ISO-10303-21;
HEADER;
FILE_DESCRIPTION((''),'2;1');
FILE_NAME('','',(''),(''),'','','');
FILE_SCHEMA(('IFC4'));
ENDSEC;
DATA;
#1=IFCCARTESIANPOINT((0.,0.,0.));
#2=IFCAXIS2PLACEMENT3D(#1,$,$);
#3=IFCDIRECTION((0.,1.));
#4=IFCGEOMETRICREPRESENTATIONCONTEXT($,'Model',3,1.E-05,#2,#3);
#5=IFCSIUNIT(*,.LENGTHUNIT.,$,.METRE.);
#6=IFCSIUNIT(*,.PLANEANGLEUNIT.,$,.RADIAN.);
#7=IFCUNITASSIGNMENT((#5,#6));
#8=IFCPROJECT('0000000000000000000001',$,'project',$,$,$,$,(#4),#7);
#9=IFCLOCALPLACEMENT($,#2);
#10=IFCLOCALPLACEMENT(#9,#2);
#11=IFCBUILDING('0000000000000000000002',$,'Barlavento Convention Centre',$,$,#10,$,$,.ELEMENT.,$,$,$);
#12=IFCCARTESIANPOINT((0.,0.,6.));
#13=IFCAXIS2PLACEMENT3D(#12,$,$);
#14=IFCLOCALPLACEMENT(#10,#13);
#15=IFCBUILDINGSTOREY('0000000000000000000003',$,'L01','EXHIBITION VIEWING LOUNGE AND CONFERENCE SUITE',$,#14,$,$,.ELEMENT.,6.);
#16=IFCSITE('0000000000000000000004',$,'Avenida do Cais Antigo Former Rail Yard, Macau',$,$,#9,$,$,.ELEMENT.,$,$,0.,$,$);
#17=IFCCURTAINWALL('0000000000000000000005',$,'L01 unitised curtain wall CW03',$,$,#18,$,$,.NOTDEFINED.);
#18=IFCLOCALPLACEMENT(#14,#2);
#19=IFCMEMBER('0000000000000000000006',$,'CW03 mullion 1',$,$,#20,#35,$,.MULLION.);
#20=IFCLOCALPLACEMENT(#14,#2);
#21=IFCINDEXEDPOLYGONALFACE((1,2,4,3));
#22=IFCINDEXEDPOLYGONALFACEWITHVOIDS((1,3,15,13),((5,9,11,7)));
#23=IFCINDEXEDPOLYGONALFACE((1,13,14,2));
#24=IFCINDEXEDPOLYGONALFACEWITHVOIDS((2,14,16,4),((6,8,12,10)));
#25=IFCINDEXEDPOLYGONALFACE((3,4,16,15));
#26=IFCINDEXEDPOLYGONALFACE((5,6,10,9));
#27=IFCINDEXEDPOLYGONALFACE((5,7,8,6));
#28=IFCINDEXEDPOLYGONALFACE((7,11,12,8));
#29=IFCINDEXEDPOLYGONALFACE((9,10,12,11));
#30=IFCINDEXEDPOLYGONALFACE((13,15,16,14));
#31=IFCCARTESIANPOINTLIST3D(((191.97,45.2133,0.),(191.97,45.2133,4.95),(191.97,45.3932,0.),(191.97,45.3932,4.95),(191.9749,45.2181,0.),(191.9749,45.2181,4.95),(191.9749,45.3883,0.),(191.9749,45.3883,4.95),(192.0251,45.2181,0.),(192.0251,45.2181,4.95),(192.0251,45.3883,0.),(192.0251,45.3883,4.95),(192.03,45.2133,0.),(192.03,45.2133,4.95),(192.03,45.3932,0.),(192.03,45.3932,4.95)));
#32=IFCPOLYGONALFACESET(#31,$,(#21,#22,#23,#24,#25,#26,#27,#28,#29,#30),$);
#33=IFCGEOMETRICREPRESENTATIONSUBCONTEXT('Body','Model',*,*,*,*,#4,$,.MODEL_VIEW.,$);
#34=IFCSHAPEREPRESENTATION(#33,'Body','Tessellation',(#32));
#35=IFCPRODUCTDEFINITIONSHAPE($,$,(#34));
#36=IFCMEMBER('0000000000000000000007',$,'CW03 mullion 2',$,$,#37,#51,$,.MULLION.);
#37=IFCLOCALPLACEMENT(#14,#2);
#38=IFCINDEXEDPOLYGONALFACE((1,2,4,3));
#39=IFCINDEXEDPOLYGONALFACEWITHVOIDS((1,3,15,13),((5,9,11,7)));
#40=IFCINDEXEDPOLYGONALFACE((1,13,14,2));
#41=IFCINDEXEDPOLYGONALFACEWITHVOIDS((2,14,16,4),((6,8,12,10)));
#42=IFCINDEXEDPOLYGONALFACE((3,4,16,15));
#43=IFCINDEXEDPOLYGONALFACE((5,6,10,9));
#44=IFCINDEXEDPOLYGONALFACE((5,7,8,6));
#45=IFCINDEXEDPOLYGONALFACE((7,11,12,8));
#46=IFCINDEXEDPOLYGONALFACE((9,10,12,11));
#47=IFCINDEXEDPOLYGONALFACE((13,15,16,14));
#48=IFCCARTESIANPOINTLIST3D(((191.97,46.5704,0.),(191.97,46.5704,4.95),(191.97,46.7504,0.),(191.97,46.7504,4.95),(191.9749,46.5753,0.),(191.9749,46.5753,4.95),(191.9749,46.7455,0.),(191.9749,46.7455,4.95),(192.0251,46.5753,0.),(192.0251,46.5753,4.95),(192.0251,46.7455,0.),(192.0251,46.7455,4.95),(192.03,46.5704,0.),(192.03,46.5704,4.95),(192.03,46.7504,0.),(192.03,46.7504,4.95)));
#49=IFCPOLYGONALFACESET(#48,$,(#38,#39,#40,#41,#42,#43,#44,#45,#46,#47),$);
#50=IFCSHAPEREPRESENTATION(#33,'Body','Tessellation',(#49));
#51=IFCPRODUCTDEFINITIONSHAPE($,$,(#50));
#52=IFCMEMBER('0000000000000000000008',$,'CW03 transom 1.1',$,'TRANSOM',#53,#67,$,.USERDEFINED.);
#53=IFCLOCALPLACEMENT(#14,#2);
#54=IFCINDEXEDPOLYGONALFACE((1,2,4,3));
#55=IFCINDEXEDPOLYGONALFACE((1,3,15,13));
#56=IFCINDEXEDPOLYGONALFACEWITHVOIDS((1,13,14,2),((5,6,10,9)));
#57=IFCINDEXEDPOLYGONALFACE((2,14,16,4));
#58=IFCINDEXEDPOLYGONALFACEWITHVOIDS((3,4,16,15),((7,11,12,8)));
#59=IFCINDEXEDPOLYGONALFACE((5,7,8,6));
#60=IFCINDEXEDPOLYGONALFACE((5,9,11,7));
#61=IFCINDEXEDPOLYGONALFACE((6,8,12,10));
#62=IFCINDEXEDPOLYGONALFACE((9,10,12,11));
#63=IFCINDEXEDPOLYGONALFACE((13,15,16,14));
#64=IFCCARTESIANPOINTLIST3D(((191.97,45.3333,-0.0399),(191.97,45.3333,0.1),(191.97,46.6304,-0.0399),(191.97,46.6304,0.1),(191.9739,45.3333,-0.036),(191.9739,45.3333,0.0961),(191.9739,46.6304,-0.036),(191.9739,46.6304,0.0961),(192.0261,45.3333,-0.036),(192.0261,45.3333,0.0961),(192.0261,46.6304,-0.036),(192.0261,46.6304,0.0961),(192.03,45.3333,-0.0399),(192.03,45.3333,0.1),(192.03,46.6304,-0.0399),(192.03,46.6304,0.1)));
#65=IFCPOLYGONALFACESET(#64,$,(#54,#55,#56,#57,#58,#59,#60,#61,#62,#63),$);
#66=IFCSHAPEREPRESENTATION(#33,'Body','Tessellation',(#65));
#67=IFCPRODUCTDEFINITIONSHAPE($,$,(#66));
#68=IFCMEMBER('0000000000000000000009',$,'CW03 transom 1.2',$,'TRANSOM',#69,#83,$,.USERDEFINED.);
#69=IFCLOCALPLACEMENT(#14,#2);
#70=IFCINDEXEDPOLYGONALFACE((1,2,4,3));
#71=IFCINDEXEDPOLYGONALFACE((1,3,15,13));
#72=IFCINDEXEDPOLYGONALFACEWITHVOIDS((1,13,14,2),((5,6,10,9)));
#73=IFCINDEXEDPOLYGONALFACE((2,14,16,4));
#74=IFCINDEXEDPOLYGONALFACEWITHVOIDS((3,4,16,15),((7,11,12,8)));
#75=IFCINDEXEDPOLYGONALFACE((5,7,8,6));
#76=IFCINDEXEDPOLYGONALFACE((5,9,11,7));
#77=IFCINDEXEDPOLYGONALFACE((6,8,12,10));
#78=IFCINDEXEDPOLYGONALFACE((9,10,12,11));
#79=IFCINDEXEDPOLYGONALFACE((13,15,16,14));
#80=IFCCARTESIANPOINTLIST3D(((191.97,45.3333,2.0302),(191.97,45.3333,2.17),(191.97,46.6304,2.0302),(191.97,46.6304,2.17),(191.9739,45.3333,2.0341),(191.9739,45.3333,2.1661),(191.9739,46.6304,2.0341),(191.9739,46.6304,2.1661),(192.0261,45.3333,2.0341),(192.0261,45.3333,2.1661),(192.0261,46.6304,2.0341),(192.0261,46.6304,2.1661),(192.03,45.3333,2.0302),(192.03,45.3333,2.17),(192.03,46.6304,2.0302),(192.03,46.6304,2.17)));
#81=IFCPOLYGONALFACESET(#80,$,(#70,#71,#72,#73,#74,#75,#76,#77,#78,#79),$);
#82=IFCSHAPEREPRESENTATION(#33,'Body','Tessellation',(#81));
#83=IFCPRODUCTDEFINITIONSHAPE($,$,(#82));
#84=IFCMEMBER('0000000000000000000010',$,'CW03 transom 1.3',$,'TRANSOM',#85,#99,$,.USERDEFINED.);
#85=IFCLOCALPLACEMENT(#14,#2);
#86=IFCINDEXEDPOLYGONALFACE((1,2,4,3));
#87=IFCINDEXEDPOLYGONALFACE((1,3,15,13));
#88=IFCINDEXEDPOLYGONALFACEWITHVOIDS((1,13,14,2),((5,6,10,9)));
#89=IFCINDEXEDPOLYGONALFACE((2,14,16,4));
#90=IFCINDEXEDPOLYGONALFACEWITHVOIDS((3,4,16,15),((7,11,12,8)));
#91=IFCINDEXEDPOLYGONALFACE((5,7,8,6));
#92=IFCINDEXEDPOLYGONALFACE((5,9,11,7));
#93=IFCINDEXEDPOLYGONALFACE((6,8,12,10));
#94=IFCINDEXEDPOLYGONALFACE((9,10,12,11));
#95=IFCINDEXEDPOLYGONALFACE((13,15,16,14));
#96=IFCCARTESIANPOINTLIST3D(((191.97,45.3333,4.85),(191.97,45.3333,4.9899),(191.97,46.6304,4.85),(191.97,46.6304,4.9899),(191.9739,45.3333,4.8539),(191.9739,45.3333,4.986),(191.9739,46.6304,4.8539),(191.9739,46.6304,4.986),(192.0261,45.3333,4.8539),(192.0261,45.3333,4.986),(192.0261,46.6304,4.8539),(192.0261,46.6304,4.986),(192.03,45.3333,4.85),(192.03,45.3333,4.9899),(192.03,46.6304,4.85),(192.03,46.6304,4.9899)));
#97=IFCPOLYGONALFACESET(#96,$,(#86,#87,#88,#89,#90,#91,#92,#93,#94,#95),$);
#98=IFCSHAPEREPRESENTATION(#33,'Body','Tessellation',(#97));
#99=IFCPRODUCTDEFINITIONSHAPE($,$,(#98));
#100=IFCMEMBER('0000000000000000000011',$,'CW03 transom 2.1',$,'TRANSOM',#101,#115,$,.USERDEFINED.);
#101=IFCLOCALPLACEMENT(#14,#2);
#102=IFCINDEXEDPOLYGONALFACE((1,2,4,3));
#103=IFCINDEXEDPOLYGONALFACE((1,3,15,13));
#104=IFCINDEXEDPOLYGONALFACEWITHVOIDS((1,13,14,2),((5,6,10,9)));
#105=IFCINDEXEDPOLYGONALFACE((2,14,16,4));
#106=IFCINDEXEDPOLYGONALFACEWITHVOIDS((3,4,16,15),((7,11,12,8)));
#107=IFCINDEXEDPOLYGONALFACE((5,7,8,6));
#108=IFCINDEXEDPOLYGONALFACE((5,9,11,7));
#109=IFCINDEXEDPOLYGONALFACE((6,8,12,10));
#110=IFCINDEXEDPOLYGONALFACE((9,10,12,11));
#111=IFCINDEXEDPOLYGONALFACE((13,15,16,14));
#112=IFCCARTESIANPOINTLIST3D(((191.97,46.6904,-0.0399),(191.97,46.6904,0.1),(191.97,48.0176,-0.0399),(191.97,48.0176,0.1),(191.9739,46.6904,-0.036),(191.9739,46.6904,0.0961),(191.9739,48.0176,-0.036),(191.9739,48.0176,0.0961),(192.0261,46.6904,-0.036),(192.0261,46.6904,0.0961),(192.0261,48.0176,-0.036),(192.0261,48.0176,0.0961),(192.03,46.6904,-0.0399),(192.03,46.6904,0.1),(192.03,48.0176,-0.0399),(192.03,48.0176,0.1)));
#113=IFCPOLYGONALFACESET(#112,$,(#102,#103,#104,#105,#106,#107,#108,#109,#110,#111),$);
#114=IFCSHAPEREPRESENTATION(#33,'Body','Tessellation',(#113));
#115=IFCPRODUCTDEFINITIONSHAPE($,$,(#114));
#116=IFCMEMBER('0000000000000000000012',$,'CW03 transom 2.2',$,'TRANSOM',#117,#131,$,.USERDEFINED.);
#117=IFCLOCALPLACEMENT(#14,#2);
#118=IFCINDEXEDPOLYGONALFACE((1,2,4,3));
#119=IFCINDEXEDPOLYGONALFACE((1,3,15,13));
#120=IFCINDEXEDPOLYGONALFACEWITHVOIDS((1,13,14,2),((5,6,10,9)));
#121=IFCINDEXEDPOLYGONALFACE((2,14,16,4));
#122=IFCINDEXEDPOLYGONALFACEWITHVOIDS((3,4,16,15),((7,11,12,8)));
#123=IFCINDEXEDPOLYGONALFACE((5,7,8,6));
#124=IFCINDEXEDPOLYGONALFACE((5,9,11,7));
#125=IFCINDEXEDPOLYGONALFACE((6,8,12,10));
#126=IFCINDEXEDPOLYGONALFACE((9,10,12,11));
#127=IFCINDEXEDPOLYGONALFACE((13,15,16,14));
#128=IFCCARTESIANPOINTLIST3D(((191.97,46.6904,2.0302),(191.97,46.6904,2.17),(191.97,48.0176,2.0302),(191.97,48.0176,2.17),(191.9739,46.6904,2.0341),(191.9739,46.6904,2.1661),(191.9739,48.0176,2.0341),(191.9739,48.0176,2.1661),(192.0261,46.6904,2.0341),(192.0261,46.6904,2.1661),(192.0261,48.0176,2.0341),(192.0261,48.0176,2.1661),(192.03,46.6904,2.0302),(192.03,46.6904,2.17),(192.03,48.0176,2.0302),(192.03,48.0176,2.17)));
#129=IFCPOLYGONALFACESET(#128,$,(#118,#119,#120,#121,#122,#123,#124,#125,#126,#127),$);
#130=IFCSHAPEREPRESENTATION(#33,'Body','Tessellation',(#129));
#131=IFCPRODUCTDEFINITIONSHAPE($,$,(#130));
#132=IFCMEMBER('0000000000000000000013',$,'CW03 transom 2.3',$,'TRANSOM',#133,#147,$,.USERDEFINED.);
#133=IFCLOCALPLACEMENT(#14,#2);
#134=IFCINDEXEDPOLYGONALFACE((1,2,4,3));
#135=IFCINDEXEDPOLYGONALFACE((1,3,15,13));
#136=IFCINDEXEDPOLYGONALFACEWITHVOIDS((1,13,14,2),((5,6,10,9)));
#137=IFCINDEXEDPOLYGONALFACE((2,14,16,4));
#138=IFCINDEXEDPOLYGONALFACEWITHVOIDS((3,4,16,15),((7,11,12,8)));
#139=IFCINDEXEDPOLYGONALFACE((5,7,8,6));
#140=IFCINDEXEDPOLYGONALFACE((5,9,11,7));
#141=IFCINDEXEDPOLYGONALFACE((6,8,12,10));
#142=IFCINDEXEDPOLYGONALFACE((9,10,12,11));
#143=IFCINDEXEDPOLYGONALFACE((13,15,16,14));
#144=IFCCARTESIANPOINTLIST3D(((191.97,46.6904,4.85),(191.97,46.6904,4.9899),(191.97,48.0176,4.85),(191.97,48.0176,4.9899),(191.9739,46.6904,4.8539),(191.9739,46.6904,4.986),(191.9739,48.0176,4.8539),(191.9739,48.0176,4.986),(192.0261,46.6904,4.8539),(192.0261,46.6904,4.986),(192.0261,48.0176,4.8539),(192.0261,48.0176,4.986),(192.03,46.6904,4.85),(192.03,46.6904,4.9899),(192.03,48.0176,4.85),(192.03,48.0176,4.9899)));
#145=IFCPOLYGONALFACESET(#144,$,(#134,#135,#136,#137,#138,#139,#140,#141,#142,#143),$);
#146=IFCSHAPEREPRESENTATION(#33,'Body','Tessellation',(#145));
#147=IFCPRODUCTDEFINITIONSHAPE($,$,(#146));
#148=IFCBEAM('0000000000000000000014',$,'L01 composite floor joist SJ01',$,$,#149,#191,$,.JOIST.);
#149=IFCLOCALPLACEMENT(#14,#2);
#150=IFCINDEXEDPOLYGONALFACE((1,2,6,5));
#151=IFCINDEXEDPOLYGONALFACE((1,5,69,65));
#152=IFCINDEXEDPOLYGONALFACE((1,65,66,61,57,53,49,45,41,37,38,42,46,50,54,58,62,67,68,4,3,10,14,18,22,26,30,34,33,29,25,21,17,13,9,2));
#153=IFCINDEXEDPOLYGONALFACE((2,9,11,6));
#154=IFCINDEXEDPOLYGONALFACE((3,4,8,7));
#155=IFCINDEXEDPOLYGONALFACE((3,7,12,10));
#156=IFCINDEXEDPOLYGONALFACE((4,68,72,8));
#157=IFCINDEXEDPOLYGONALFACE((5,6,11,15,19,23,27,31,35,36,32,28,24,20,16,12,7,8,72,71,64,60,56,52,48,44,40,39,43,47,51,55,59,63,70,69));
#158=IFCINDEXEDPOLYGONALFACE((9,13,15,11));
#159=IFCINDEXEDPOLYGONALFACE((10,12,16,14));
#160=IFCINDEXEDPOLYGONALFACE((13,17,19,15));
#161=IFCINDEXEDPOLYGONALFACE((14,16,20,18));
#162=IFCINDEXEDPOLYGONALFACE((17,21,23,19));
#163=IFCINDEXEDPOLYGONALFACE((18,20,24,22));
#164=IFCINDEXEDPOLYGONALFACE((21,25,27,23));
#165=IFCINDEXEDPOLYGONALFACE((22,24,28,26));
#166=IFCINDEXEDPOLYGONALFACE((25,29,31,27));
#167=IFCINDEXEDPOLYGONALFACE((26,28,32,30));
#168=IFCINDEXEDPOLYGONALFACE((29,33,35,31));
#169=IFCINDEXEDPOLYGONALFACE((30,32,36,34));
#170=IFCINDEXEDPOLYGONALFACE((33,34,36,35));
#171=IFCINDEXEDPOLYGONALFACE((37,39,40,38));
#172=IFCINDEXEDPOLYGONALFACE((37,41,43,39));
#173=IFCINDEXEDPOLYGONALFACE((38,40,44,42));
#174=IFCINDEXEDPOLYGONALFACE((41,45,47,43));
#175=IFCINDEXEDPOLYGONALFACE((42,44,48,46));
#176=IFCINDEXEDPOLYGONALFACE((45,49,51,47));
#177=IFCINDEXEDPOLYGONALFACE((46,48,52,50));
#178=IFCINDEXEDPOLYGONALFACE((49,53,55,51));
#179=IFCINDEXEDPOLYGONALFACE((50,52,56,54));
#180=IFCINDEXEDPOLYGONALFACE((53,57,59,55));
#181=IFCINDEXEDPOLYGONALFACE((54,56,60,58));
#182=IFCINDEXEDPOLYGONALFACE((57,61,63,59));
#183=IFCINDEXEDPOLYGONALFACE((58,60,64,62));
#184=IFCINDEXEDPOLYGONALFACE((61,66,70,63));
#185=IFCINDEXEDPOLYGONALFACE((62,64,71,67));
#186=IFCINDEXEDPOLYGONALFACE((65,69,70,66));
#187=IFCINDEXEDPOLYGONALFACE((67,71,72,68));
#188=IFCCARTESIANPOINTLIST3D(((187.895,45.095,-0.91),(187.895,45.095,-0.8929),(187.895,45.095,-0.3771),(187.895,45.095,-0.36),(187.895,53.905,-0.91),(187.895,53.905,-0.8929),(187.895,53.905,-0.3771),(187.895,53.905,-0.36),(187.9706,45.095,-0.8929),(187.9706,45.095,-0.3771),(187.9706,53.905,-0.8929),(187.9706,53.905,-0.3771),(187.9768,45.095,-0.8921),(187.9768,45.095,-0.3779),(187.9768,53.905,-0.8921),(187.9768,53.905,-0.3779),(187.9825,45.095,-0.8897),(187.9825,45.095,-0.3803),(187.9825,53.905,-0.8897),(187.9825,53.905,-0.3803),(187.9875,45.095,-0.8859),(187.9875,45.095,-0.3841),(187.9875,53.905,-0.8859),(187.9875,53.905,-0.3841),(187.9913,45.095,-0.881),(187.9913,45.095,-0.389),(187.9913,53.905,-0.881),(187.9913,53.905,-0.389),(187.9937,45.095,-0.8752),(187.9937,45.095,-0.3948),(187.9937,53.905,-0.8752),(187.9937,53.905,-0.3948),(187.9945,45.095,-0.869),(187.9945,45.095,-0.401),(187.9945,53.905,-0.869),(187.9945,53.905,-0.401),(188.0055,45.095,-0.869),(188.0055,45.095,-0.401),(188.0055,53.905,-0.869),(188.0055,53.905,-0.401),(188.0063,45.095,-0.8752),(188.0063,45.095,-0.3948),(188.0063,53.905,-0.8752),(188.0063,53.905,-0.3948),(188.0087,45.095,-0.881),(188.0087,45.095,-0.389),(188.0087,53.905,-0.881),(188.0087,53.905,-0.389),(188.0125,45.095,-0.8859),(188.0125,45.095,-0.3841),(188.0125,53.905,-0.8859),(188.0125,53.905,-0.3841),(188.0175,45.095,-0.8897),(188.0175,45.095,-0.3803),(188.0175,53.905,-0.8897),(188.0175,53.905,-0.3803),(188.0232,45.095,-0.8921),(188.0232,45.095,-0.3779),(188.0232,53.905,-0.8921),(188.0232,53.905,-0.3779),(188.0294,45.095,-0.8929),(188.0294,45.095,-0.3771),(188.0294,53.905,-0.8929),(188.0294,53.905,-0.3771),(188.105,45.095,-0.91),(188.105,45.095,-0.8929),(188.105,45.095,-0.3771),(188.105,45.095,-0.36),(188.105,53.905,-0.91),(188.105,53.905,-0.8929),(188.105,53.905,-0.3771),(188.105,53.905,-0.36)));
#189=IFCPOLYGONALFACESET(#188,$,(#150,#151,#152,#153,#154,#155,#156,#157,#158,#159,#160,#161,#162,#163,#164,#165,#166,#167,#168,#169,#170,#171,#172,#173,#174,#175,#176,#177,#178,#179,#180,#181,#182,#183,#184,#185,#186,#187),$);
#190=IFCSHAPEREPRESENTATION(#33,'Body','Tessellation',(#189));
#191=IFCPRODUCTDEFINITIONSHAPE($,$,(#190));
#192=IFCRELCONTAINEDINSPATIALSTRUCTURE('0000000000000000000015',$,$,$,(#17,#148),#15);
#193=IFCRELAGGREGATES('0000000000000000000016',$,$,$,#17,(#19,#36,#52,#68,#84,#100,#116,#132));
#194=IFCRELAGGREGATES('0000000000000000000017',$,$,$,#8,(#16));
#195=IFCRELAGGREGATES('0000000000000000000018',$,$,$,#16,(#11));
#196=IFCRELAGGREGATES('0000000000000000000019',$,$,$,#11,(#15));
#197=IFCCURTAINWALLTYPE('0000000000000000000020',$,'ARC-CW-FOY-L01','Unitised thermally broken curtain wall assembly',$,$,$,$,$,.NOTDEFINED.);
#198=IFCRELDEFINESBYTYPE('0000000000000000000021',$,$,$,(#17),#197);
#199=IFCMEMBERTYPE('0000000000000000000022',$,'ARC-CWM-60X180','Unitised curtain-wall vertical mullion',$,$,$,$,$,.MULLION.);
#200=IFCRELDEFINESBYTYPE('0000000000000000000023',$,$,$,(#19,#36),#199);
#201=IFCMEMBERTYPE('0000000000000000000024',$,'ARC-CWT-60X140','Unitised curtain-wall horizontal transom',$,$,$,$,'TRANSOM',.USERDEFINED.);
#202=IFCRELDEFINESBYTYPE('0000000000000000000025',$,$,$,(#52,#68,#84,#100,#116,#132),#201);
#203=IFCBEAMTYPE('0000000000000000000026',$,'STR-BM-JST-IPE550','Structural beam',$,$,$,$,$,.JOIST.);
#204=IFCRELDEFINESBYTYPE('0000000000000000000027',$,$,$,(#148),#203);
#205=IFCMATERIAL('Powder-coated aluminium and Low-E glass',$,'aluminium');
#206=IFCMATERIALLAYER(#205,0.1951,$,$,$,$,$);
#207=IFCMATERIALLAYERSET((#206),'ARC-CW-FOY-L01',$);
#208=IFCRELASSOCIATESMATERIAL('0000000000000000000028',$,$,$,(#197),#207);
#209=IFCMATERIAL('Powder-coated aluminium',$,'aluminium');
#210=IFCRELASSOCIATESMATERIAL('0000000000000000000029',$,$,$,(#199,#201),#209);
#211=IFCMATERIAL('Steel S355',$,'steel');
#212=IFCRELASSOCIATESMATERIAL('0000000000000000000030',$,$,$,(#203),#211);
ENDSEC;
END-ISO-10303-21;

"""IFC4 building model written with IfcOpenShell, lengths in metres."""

from ifc_helpers import new_model, si_unit, direction, frame, origin, origin_2d, place, context, subcontext, project, spatial, hollow_rectangle, i_section, extrude, material, layer, layer_set, material_profile, profile_set, type_object, element, aggregate, save


model = new_model("IFC4")

# Units and contexts
model_context = context("Model", 3, precision=1e-05, world=origin(), true_north=direction((0.0, 1.0)))
body_context = subcontext(model_context, "Body", "Model", "MODEL_VIEW")
ifc_project = project(units=[si_unit("LENGTHUNIT", "METRE"), si_unit("PLANEANGLEUNIT", "RADIAN")], contexts=[model_context])

# Site, building, storey
site_placement = place(None, origin())
site = spatial("IfcSite", under=ifc_project, at=site_placement, Name="Avenida do Cais Antigo Former Rail Yard, Macau", CompositionType="ELEMENT", RefElevation=0.0)
building_placement = place(site_placement, origin())
building = spatial("IfcBuilding", under=site, at=building_placement, Name="Barlavento Convention Centre", CompositionType="ELEMENT")
storey_placement = place(building_placement, frame((0.0, 0.0, 6.0)))
storey = spatial("IfcBuildingStorey", under=building, at=storey_placement, Name="L01", Description="EXHIBITION VIEWING LOUNGE AND CONFERENCE SUITE", CompositionType="ELEMENT", Elevation=6.0)

# Curtain wall, members
ifc_material_1 = material(Name="Powder-coated aluminium and Low-E glass", Category="aluminium")
ifc_layer_1 = layer(ifc_material_1, 0.1951)
ifc_layer_set_1 = layer_set([ifc_layer_1], Name="ARC-CW-FOY-L01")
curtain_wall_type = type_object("IfcCurtainWallType", Name="ARC-CW-FOY-L01", Description="Unitised thermally broken curtain wall assembly", PredefinedType="NOTDEFINED", material=ifc_layer_set_1)
curtain_wall_placement = place(storey_placement, origin())
curtain_wall = element("IfcCurtainWall", 1, at=curtain_wall_placement, inside=storey, type_object=curtain_wall_type, Name="L01 unitised curtain wall CW03", PredefinedType="NOTDEFINED")
ifc_material_2 = material(Name="Powder-coated aluminium", Category="aluminium")
ifc_material_profile_1 = material_profile(ifc_material_2, hollow_rectangle(XDim=0.0601, YDim=0.1799, WallThickness=0.0049, at=origin_2d()), Name="AL-MULL 60x180x5")
ifc_profile_set_1 = profile_set([ifc_material_profile_1], Name="Powder-coated aluminium")
member_type_1 = type_object("IfcMemberType", Name="ARC-CWM-60X180", Description="Unitised curtain-wall vertical mullion", PredefinedType="MULLION", material=ifc_profile_set_1)
member_1_placement = place(storey_placement, frame((192.0, 45.3032, 0.0), z_axis=(0.0, 0.0, 1.0), x_axis=(-1.0, 0.0, 0.0)))
member_1 = element("IfcMember", 2, at=member_1_placement, type_object=member_type_1, Name="CW03 mullion 1", PredefinedType="MULLION", context=body_context, shape_type="SweptSolid", body=[
    extrude(hollow_rectangle(XDim=0.0601, YDim=0.1799, WallThickness=0.0049, at=origin_2d()), origin(), (0.0, 0.0, 1.0), 4.95),
])
member_2_placement = place(storey_placement, frame((192.0, 46.6604, 0.0), z_axis=(0.0, 0.0, 1.0), x_axis=(-1.0, 0.0, 0.0)))
member_2 = element("IfcMember", 3, at=member_2_placement, type_object=member_type_1, Name="CW03 mullion 2", PredefinedType="MULLION", context=body_context, shape_type="SweptSolid", body=[
    extrude(hollow_rectangle(XDim=0.0601, YDim=0.1799, WallThickness=0.0049, at=origin_2d()), origin(), (0.0, 0.0, 1.0), 4.95),
])
ifc_material_profile_2 = material_profile(ifc_material_2, hollow_rectangle(XDim=0.0601, YDim=0.1399, WallThickness=0.0039, at=origin_2d()), Name="AL-TRAN 60x140x4")
ifc_profile_set_2 = profile_set([ifc_material_profile_2], Name="Powder-coated aluminium")
member_type_2 = type_object("IfcMemberType", Name="ARC-CWT-60X140", Description="Unitised curtain-wall horizontal transom", ElementType="TRANSOM", PredefinedType="USERDEFINED", material=ifc_profile_set_2)
member_3_placement = place(storey_placement, frame((192.0, 45.3333, 0.03), z_axis=(0.0, 1.0, 0.0), x_axis=(-1.0, 0.0, 0.0)))
member_3 = element("IfcMember", 4, at=member_3_placement, type_object=member_type_2, Name="CW03 transom 1.1", ObjectType="TRANSOM", PredefinedType="USERDEFINED", context=body_context, shape_type="SweptSolid", body=[
    extrude(hollow_rectangle(XDim=0.0601, YDim=0.1399, WallThickness=0.0039, at=origin_2d()), origin(), (0.0, 0.0, 1.0), 1.2971),
])
member_4_placement = place(storey_placement, frame((192.0, 45.3333, 2.1001), z_axis=(0.0, 1.0, 0.0), x_axis=(-1.0, 0.0, 0.0)))
member_4 = element("IfcMember", 5, at=member_4_placement, type_object=member_type_2, Name="CW03 transom 1.2", ObjectType="TRANSOM", PredefinedType="USERDEFINED", context=body_context, shape_type="SweptSolid", body=[
    extrude(hollow_rectangle(XDim=0.0601, YDim=0.1399, WallThickness=0.0039, at=origin_2d()), origin(), (0.0, 0.0, 1.0), 1.2971),
])
member_5_placement = place(storey_placement, frame((192.0, 45.3333, 4.9199), z_axis=(0.0, 1.0, 0.0), x_axis=(-1.0, 0.0, 0.0)))
member_5 = element("IfcMember", 6, at=member_5_placement, type_object=member_type_2, Name="CW03 transom 1.3", ObjectType="TRANSOM", PredefinedType="USERDEFINED", context=body_context, shape_type="SweptSolid", body=[
    extrude(hollow_rectangle(XDim=0.0601, YDim=0.1399, WallThickness=0.0039, at=origin_2d()), origin(), (0.0, 0.0, 1.0), 1.2971),
])
member_6_placement = place(storey_placement, frame((192.0, 46.6904, 0.03), z_axis=(0.0, 1.0, 0.0), x_axis=(-1.0, 0.0, 0.0)))
member_6 = element("IfcMember", 7, at=member_6_placement, type_object=member_type_2, Name="CW03 transom 2.1", ObjectType="TRANSOM", PredefinedType="USERDEFINED", context=body_context, shape_type="SweptSolid", body=[
    extrude(hollow_rectangle(XDim=0.0601, YDim=0.1399, WallThickness=0.0039, at=origin_2d()), origin(), (0.0, 0.0, 1.0), 1.3271),
])
member_7_placement = place(storey_placement, frame((192.0, 46.6904, 2.1001), z_axis=(0.0, 1.0, 0.0), x_axis=(-1.0, 0.0, 0.0)))
member_7 = element("IfcMember", 8, at=member_7_placement, type_object=member_type_2, Name="CW03 transom 2.2", ObjectType="TRANSOM", PredefinedType="USERDEFINED", context=body_context, shape_type="SweptSolid", body=[
    extrude(hollow_rectangle(XDim=0.0601, YDim=0.1399, WallThickness=0.0039, at=origin_2d()), origin(), (0.0, 0.0, 1.0), 1.3271),
])
member_8_placement = place(storey_placement, frame((192.0, 46.6904, 4.9199), z_axis=(0.0, 1.0, 0.0), x_axis=(-1.0, 0.0, 0.0)))
member_8 = element("IfcMember", 9, at=member_8_placement, type_object=member_type_2, Name="CW03 transom 2.3", ObjectType="TRANSOM", PredefinedType="USERDEFINED", context=body_context, shape_type="SweptSolid", body=[
    extrude(hollow_rectangle(XDim=0.0601, YDim=0.1399, WallThickness=0.0039, at=origin_2d()), origin(), (0.0, 0.0, 1.0), 1.3271),
])

# Beam
ifc_material_3 = material(Name="Steel S355", Category="steel")
ifc_material_profile_3 = material_profile(ifc_material_3, i_section(OverallWidth=0.21, OverallDepth=0.55, WebThickness=0.011, FlangeThickness=0.0171, FilletRadius=0.0239, at=origin_2d()), Name="IPE 550")
ifc_profile_set_3 = profile_set([ifc_material_profile_3], Name="Steel S355")
beam_type = type_object("IfcBeamType", Name="STR-BM-JST-IPE550", Description="Structural beam", PredefinedType="JOIST", material=ifc_profile_set_3)
beam_placement = place(storey_placement, frame((188.0, 45.095, -0.635), z_axis=(0.0, 1.0, 0.0), x_axis=(-1.0, 0.0, 0.0)))
element("IfcBeam", 10, at=beam_placement, inside=storey, type_object=beam_type, Name="L01 composite floor joist SJ01", PredefinedType="JOIST", context=body_context, shape_type="SweptSolid", body=[
    extrude(i_section(OverallWidth=0.21, OverallDepth=0.55, WebThickness=0.011, FlangeThickness=0.0171, FilletRadius=0.0239, at=origin_2d()), origin(), (0.0, 0.0, 1.0), 8.8101),
])

aggregate(curtain_wall, [member_1, member_2, member_3, member_4, member_5, member_6, member_7, member_8])

save(model, "model.ifc")
